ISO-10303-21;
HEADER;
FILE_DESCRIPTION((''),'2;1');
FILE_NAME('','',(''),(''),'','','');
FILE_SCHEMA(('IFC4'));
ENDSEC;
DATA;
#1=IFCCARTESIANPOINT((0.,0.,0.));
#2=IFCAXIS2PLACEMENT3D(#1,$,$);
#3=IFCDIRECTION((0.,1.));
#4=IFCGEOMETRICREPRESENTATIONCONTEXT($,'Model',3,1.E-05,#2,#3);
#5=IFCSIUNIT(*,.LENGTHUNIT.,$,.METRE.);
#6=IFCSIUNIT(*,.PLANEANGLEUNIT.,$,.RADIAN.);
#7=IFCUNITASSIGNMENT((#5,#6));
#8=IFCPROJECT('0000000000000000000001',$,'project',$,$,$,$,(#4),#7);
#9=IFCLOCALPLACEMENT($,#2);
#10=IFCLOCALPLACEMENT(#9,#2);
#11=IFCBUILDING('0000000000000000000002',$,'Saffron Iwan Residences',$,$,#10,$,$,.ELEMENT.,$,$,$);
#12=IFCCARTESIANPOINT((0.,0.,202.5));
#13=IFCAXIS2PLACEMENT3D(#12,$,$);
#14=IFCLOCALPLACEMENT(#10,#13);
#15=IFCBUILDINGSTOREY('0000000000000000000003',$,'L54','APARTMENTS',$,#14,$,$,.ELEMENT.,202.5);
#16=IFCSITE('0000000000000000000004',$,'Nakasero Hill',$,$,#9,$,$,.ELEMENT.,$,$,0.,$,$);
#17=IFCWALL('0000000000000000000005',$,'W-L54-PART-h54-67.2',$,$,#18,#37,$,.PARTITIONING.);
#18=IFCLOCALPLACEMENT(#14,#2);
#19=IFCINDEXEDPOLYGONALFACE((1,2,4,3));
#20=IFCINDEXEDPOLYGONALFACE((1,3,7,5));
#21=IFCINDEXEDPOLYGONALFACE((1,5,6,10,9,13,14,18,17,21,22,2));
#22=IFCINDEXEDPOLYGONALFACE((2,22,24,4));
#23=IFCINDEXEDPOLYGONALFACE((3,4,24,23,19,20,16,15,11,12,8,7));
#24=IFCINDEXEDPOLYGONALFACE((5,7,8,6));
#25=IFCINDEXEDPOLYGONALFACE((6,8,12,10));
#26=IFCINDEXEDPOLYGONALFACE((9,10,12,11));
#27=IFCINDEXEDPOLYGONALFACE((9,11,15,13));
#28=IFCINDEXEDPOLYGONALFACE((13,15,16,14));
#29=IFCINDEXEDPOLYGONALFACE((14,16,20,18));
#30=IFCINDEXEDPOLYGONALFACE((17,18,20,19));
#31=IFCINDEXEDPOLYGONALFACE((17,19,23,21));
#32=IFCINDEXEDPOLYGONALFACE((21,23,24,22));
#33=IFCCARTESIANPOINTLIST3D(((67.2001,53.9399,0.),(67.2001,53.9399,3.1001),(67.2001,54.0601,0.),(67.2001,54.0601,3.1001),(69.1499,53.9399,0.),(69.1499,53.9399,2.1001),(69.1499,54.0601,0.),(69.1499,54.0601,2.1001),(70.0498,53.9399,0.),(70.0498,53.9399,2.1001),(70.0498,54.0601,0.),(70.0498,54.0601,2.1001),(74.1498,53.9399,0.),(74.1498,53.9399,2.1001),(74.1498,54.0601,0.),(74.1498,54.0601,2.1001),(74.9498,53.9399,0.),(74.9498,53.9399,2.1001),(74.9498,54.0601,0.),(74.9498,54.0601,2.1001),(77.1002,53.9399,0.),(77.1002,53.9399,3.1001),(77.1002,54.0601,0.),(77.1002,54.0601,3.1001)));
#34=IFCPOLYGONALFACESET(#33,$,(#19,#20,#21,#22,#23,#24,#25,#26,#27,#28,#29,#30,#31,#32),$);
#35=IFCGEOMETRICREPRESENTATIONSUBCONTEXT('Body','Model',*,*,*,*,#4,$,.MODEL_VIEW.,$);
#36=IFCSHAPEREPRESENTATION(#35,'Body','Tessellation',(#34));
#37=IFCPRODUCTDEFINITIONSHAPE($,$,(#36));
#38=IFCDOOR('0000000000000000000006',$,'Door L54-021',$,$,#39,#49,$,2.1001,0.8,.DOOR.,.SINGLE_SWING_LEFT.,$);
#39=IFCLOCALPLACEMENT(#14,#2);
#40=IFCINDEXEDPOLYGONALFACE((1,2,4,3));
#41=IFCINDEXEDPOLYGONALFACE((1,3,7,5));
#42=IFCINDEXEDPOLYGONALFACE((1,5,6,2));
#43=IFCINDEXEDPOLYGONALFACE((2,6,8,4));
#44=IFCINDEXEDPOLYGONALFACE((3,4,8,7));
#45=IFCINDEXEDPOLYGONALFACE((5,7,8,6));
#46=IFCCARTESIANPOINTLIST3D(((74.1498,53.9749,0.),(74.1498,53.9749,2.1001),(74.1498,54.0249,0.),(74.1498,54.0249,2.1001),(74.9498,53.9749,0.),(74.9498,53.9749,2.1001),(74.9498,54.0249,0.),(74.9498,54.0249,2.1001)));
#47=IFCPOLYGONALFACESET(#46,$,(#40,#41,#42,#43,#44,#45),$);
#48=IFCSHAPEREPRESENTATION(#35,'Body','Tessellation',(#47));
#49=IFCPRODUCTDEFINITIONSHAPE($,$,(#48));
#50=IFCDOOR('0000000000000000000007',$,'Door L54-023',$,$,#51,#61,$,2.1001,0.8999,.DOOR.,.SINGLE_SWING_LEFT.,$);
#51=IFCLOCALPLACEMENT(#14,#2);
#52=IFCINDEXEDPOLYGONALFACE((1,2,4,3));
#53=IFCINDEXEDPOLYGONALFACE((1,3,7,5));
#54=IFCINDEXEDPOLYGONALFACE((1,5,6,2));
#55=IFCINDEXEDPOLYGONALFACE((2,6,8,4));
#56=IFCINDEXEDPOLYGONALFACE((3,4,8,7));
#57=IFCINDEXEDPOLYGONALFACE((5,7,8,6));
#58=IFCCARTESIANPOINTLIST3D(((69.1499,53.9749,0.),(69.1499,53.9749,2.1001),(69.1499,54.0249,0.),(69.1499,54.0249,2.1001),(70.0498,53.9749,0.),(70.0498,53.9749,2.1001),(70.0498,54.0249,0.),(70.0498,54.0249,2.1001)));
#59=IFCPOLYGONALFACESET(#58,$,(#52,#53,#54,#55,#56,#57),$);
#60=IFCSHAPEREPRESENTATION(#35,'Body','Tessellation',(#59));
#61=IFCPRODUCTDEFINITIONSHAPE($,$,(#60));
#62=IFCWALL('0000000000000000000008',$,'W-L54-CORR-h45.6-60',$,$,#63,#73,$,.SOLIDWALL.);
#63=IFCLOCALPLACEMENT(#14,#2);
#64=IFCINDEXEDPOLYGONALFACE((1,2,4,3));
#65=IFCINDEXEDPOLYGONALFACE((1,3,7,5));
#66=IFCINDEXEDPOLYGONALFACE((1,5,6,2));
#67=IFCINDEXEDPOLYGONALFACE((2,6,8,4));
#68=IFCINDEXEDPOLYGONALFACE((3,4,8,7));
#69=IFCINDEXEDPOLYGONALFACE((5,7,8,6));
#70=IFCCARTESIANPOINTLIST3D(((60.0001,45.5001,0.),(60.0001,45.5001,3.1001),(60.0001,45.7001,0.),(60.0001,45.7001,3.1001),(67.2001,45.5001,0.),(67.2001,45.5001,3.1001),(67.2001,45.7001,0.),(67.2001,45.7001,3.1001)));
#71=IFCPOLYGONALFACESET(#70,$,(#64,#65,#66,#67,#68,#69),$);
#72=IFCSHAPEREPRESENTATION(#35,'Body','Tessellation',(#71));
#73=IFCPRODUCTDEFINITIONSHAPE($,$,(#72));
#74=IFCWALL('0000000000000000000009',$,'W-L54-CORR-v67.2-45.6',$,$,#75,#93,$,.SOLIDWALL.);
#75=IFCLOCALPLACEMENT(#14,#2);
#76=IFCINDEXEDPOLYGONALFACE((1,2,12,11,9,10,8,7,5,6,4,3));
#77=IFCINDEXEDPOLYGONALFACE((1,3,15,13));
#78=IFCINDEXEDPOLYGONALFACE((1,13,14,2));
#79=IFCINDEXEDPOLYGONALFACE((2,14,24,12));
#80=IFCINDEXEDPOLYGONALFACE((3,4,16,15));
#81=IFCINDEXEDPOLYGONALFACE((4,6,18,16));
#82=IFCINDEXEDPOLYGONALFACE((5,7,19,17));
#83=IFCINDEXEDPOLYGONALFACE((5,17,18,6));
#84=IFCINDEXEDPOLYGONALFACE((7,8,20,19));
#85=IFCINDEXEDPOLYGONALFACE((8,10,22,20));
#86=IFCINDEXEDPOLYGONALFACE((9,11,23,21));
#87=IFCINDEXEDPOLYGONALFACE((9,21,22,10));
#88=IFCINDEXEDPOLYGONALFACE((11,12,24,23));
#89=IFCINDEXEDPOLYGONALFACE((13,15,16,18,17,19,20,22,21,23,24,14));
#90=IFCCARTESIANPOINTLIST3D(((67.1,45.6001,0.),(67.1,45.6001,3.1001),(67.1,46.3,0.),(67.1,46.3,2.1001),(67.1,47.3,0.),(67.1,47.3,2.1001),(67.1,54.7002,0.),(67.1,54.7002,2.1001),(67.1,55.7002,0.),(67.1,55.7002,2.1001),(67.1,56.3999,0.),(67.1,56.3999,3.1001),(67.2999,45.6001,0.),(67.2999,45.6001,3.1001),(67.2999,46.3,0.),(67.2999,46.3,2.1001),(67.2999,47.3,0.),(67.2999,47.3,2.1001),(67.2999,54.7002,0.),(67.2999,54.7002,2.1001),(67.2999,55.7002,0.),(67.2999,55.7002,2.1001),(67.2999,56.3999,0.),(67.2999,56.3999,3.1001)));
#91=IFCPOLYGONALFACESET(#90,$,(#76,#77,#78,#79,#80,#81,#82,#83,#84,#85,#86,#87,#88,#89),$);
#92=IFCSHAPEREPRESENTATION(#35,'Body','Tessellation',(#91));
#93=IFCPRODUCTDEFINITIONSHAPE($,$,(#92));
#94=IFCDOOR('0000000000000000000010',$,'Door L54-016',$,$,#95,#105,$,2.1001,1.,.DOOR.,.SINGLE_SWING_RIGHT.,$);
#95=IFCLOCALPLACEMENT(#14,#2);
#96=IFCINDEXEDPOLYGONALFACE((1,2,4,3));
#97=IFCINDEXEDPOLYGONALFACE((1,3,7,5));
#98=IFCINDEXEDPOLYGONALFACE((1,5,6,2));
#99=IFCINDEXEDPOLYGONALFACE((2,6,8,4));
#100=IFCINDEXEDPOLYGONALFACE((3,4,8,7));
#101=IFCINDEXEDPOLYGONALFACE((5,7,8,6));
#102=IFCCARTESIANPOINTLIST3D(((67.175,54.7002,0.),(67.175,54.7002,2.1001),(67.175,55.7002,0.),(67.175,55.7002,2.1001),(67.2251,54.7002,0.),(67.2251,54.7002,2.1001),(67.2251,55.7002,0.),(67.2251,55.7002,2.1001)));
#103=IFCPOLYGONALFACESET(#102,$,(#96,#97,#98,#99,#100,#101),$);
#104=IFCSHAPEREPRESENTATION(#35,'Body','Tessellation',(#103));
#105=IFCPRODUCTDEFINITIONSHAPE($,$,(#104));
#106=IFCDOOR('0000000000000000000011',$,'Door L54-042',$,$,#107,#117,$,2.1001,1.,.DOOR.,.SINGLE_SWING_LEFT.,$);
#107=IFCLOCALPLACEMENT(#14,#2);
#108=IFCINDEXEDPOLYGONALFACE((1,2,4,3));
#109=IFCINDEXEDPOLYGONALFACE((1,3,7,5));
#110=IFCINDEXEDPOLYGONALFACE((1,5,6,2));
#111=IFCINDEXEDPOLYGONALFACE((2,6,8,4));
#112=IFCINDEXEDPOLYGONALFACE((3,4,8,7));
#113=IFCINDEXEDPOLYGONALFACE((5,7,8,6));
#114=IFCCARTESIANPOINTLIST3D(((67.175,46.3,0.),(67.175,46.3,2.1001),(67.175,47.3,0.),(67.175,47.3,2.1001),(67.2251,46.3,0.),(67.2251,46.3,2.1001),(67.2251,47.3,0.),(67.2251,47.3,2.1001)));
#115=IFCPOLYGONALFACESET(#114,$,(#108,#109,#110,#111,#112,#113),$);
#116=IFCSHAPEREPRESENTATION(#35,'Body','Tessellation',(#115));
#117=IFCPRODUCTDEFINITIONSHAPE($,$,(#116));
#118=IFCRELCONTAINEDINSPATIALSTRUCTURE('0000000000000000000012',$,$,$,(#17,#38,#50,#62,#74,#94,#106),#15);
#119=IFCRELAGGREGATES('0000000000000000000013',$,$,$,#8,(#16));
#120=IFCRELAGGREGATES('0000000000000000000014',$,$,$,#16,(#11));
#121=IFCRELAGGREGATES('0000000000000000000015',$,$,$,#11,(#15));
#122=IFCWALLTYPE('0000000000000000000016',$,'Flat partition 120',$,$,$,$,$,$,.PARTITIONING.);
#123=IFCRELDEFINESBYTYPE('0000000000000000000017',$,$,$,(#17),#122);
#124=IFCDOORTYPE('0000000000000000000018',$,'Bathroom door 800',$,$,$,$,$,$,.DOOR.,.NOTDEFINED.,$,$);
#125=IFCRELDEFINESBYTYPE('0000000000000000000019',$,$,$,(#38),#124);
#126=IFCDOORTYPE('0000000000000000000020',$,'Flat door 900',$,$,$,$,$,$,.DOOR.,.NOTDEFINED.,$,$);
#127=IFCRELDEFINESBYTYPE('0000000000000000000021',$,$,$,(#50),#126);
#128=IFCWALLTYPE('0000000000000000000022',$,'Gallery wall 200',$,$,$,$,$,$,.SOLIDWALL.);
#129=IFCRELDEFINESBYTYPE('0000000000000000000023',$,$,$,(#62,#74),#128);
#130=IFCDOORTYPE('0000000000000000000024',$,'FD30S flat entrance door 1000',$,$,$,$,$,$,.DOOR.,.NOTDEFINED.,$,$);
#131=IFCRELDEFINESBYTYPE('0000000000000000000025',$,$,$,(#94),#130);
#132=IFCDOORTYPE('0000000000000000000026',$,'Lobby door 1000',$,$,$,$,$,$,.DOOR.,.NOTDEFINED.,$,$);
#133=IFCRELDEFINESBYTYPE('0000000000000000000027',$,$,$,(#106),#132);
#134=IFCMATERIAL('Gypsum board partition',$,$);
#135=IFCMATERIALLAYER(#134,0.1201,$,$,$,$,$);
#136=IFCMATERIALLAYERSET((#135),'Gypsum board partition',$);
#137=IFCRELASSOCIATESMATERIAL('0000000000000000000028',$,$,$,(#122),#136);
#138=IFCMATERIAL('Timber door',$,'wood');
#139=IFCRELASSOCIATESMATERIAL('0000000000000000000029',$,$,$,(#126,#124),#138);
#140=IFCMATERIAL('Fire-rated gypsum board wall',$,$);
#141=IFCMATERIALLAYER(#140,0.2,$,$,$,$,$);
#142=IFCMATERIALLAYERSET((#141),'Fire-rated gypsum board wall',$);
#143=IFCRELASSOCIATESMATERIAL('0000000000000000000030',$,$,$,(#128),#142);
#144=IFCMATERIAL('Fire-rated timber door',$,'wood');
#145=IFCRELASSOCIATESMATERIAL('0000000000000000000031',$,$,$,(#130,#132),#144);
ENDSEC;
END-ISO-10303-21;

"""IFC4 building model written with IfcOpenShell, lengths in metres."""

from ifc_helpers import new_model, si_unit, direction, frame, frame_2d, origin, place, context, subcontext, project, spatial, rectangle, extrude, material, layer, layer_set, type_object, element, fill, save


model = new_model("IFC4")

# Units and contexts
model_context = context("Model", 3, precision=1e-05, world=origin(), true_north=direction((0.0, 1.0)))
body_context = subcontext(model_context, "Body", "Model", "MODEL_VIEW")
ifc_project = project(units=[si_unit("LENGTHUNIT", "METRE"), si_unit("PLANEANGLEUNIT", "RADIAN")], contexts=[model_context])

# Site, building, storey
site_placement = place(None, origin())
site = spatial("IfcSite", under=ifc_project, at=site_placement, Name="Nakasero Hill", CompositionType="ELEMENT", RefElevation=0.0)
building_placement = place(site_placement, origin())
building = spatial("IfcBuilding", under=site, at=building_placement, Name="Saffron Iwan Residences", CompositionType="ELEMENT")
storey_placement = place(building_placement, frame((0.0, 0.0, 202.5)))
storey = spatial("IfcBuildingStorey", under=building, at=storey_placement, Name="L54", Description="APARTMENTS", CompositionType="ELEMENT", Elevation=202.5)

# Shared definitions
ifc_material_1 = material(Name="Fire-rated gypsum board wall")

# Shared definitions
ifc_material_2 = material(Name="Gypsum board partition")
ifc_layer_1 = layer(ifc_material_2, 0.1201)
ifc_layer_set_1 = layer_set([ifc_layer_1], Name="Gypsum board partition")
wall_type_1 = type_object("IfcWallType", Name="Flat partition 120", PredefinedType="PARTITIONING", material=ifc_layer_set_1)
ifc_material_3 = material(Name="Timber door", Category="wood")
door_type_1 = type_object("IfcDoorType", Name="Flat door 900", OperationType="NOTDEFINED", PredefinedType="DOOR", material=ifc_material_3)

# Wall, openings, doors
wall_1_placement = place(storey_placement, frame((67.2, 54.0, 0.0), z_axis=(0.0, 0.0, 1.0), x_axis=(1.0, 0.0, 0.0)))
wall_1 = element("IfcWall", 1, at=wall_1_placement, inside=storey, type_object=wall_type_1, Name="W-L54-PART-h54-67.2", PredefinedType="PARTITIONING", context=body_context, shape_type="SweptSolid", body=[
    extrude(rectangle(XDim=9.9001, YDim=0.1201, at=frame_2d((4.9502, 0.0))), origin(), (0.0, 0.0, 1.0), 3.1001),
])
opening_1_placement = place(wall_1_placement, frame((6.95, 0.0, 0.0)))
opening_1 = element("IfcOpeningElement", 2, at=opening_1_placement, cuts=wall_1, PredefinedType="OPENING", context=body_context, shape_type="SweptSolid", body=[
    extrude(rectangle(XDim=0.8, YDim=2.1001, at=frame_2d((0.3999, 1.05))), frame((0.0, 0.0701, 0.0), z_axis=(0.0, -1.0, 0.0), x_axis=(1.0, 0.0, 0.0)), (0.0, 0.0, 1.0), 0.1401),
])
opening_2_placement = place(wall_1_placement, frame((1.95, 0.0, 0.0)))
opening_2 = element("IfcOpeningElement", 3, at=opening_2_placement, cuts=wall_1, PredefinedType="OPENING", context=body_context, shape_type="SweptSolid", body=[
    extrude(rectangle(XDim=0.8999, YDim=2.1001, at=frame_2d((0.45, 1.05))), frame((0.0, 0.0701, 0.0), z_axis=(0.0, -1.0, 0.0), x_axis=(1.0, 0.0, 0.0)), (0.0, 0.0, 1.0), 0.1401),
])
door_type_2 = type_object("IfcDoorType", Name="Bathroom door 800", OperationType="NOTDEFINED", PredefinedType="DOOR", material=ifc_material_3)
door_1_placement = place(opening_1_placement, origin())
door_1 = element("IfcDoor", 4, at=door_1_placement, inside=storey, type_object=door_type_2, Name="Door L54-021", OperationType="SINGLE_SWING_LEFT", OverallHeight=2.1001, OverallWidth=0.8, PredefinedType="DOOR", context=body_context, shape_type="SweptSolid", body=[
    extrude(rectangle(XDim=0.8, YDim=2.1001, at=frame_2d((0.3999, 1.05))), frame((0.0, 0.0249, 0.0), z_axis=(0.0, -1.0, 0.0), x_axis=(1.0, 0.0, 0.0)), (0.0, 0.0, 1.0), 0.05),
])
fill(opening_1, door_1)
door_2_placement = place(opening_2_placement, origin())
door_2 = element("IfcDoor", 5, at=door_2_placement, inside=storey, type_object=door_type_1, Name="Door L54-023", OperationType="SINGLE_SWING_LEFT", OverallHeight=2.1001, OverallWidth=0.8999, PredefinedType="DOOR", context=body_context, shape_type="SweptSolid", body=[
    extrude(rectangle(XDim=0.8999, YDim=2.1001, at=frame_2d((0.45, 1.05))), frame((0.0, 0.0249, 0.0), z_axis=(0.0, -1.0, 0.0), x_axis=(1.0, 0.0, 0.0)), (0.0, 0.0, 1.0), 0.05),
])
fill(opening_2, door_2)

# Wall
ifc_layer_2 = layer(ifc_material_1, 0.2)
ifc_layer_set_2 = layer_set([ifc_layer_2], Name="Fire-rated gypsum board wall")
wall_type_2 = type_object("IfcWallType", Name="Gallery wall 200", PredefinedType="SOLIDWALL", material=ifc_layer_set_2)
wall_2_placement = place(storey_placement, frame((60.0, 45.6001, 0.0), z_axis=(0.0, 0.0, 1.0), x_axis=(1.0, 0.0, 0.0)))
element("IfcWall", 6, at=wall_2_placement, inside=storey, type_object=wall_type_2, Name="W-L54-CORR-h45.6-60", PredefinedType="SOLIDWALL", context=body_context, shape_type="SweptSolid", body=[
    extrude(rectangle(XDim=7.2, YDim=0.2, at=frame_2d((3.6001, 0.0))), origin(), (0.0, 0.0, 1.0), 3.1001),
])

# Wall, openings, doors
wall_3_placement = place(storey_placement, frame((67.2, 45.6001, 0.0), z_axis=(0.0, 0.0, 1.0), x_axis=(0.0, 1.0, 0.0)))
wall_3 = element("IfcWall", 7, at=wall_3_placement, inside=storey, type_object=wall_type_2, Name="W-L54-CORR-v67.2-45.6", PredefinedType="SOLIDWALL", context=body_context, shape_type="SweptSolid", body=[
    extrude(rectangle(XDim=10.7998, YDim=0.2, at=frame_2d((5.3999, 0.0))), origin(), (0.0, 0.0, 1.0), 3.1001),
])
opening_3_placement = place(wall_3_placement, frame((9.1001, 0.0, 0.0)))
opening_3 = element("IfcOpeningElement", 8, at=opening_3_placement, cuts=wall_3, PredefinedType="OPENING", context=body_context, shape_type="SweptSolid", body=[
    extrude(rectangle(XDim=1.0, YDim=2.1001, at=frame_2d((0.5, 1.05))), frame((0.0, 0.1099, 0.0), z_axis=(0.0, -1.0, 0.0), x_axis=(1.0, 0.0, 0.0)), (0.0, 0.0, 1.0), 0.22),
])
opening_4_placement = place(wall_3_placement, frame((0.7, 0.0, 0.0)))
opening_4 = element("IfcOpeningElement", 9, at=opening_4_placement, cuts=wall_3, PredefinedType="OPENING", context=body_context, shape_type="SweptSolid", body=[
    extrude(rectangle(XDim=1.0, YDim=2.1001, at=frame_2d((0.5, 1.05))), frame((0.0, 0.1099, 0.0), z_axis=(0.0, -1.0, 0.0), x_axis=(1.0, 0.0, 0.0)), (0.0, 0.0, 1.0), 0.22),
])
ifc_material_4 = material(Name="Fire-rated timber door", Category="wood")
door_type_3 = type_object("IfcDoorType", Name="FD30S flat entrance door 1000", OperationType="NOTDEFINED", PredefinedType="DOOR", material=ifc_material_4)
door_3_placement = place(opening_3_placement, origin())
door_3 = element("IfcDoor", 10, at=door_3_placement, inside=storey, type_object=door_type_3, Name="Door L54-016", OperationType="SINGLE_SWING_RIGHT", OverallHeight=2.1001, OverallWidth=1.0, PredefinedType="DOOR", context=body_context, shape_type="SweptSolid", body=[
    extrude(rectangle(XDim=1.0, YDim=2.1001, at=frame_2d((0.5, 1.05))), frame((0.0, 0.0249, 0.0), z_axis=(0.0, -1.0, 0.0), x_axis=(1.0, 0.0, 0.0)), (0.0, 0.0, 1.0), 0.05),
])
fill(opening_3, door_3)
door_type_4 = type_object("IfcDoorType", Name="Lobby door 1000", OperationType="NOTDEFINED", PredefinedType="DOOR", material=ifc_material_4)
door_4_placement = place(opening_4_placement, origin())
door_4 = element("IfcDoor", 11, at=door_4_placement, inside=storey, type_object=door_type_4, Name="Door L54-042", OperationType="SINGLE_SWING_LEFT", OverallHeight=2.1001, OverallWidth=1.0, PredefinedType="DOOR", context=body_context, shape_type="SweptSolid", body=[
    extrude(rectangle(XDim=1.0, YDim=2.1001, at=frame_2d((0.5, 1.05))), frame((0.0, 0.0249, 0.0), z_axis=(0.0, -1.0, 0.0), x_axis=(1.0, 0.0, 0.0)), (0.0, 0.0, 1.0), 0.05),
])
fill(opening_4, door_4)

save(model, "model.ifc")
